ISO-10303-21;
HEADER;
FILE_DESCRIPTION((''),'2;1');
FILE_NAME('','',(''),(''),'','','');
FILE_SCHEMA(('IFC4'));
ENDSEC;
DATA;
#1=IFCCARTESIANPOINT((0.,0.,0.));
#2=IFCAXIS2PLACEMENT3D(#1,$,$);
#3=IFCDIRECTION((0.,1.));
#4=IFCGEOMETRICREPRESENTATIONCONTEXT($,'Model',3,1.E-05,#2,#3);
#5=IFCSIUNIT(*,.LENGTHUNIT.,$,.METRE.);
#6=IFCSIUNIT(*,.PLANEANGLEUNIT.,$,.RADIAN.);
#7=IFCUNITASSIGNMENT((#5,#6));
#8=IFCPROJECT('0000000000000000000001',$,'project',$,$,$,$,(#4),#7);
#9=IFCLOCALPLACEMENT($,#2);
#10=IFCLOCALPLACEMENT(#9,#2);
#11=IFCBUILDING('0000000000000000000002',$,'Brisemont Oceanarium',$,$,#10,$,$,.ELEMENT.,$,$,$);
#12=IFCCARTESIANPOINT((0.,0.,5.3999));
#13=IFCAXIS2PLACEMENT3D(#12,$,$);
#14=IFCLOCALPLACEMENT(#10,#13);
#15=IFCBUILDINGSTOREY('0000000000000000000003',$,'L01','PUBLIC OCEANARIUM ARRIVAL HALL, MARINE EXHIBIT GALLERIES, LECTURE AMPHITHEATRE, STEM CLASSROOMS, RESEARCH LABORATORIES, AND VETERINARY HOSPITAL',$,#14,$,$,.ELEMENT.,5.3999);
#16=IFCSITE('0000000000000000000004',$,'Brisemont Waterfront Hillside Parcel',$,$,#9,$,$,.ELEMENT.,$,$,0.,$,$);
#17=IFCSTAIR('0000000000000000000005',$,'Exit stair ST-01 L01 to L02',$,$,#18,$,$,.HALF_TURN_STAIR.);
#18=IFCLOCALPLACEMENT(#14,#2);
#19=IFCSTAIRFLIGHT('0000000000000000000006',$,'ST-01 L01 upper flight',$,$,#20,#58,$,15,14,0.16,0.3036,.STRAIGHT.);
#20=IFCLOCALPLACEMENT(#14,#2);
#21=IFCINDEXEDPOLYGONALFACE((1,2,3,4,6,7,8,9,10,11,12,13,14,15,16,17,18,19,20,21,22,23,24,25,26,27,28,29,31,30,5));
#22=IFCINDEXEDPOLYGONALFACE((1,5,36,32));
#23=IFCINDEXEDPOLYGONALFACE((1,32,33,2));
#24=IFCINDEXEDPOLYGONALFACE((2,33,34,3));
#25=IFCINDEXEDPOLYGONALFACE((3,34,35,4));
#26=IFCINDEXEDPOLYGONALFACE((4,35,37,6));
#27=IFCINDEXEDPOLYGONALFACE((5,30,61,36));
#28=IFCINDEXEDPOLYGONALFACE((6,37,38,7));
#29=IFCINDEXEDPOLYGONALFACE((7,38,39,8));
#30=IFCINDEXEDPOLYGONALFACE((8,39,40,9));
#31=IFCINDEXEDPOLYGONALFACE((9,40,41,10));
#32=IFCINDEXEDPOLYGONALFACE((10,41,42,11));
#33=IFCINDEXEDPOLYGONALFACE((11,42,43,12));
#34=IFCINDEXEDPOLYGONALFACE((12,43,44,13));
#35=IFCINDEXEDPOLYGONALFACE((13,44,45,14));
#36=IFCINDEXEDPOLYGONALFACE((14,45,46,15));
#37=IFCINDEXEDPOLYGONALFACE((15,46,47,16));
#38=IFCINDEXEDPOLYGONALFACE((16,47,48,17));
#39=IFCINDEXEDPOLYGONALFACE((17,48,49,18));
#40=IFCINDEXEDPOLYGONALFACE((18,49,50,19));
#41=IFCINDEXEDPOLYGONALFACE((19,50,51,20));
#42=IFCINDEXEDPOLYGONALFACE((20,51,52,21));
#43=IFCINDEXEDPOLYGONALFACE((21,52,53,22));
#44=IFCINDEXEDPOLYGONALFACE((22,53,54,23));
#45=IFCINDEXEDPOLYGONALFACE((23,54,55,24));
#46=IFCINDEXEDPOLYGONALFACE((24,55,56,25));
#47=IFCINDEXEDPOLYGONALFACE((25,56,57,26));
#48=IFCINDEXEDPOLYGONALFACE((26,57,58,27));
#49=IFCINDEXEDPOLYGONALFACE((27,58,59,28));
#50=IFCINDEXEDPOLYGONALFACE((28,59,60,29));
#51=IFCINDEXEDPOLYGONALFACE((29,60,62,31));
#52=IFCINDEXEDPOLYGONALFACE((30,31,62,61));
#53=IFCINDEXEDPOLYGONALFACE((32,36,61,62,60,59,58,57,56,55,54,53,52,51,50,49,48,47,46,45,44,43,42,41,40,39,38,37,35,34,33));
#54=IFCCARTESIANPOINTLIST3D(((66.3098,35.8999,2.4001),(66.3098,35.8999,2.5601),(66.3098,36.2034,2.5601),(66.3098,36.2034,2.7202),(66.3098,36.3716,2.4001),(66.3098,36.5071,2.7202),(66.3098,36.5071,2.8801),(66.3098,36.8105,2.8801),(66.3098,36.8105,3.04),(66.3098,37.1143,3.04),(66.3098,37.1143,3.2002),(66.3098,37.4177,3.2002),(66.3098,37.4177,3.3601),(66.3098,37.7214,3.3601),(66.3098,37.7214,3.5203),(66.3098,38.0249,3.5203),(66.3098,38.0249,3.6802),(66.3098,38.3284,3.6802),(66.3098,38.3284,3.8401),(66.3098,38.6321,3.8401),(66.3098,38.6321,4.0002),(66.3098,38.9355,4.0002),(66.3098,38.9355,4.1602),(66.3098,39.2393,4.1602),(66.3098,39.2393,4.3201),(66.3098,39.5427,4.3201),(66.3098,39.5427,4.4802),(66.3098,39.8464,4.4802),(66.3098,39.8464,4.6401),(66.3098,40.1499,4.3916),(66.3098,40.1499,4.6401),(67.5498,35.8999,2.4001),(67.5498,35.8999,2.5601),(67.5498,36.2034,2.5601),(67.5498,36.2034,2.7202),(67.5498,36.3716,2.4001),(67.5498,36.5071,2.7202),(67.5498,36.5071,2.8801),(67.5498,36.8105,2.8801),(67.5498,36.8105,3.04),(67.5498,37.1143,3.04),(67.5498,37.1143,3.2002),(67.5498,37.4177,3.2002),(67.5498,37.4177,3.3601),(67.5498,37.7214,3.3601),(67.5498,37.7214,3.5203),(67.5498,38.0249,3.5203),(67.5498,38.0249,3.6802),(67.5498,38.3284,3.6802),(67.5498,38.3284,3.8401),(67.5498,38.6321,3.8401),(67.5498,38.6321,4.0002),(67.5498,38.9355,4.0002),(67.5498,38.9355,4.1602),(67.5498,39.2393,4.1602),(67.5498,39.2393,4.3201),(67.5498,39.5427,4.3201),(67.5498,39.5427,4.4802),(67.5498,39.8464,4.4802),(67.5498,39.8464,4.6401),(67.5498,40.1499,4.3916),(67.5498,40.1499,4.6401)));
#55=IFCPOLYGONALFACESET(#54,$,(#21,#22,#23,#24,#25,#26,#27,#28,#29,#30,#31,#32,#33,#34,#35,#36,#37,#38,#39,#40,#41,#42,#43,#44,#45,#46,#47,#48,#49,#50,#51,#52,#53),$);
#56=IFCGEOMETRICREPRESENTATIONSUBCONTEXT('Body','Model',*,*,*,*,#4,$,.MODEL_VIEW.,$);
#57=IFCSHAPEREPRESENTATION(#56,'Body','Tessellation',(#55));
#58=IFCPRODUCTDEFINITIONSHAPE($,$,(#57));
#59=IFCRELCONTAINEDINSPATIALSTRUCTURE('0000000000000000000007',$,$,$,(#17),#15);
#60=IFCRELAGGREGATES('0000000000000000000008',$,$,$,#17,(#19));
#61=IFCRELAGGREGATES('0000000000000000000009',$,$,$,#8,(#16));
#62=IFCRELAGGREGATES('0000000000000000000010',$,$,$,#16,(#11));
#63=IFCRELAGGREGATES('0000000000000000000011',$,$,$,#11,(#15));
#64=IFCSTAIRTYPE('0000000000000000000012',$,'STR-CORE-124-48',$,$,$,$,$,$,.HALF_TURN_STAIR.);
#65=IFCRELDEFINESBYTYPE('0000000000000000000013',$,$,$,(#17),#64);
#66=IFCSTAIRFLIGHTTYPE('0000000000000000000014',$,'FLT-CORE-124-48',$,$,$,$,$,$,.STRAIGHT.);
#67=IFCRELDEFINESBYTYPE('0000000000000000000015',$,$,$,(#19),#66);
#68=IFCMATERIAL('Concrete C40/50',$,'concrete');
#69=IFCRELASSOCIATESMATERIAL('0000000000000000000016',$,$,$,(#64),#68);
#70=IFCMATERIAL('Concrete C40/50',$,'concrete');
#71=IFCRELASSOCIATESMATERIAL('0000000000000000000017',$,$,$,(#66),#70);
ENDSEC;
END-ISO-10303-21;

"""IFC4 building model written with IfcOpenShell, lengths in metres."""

from ifc_helpers import new_model, si_unit, direction, frame, origin, place, context, subcontext, project, spatial, polyline, outline, extrude, material, type_object, element, aggregate, save


model = new_model("IFC4")

# Units and contexts
model_context = context("Model", 3, precision=1e-05, world=origin(), true_north=direction((0.0, 1.0)))
body_context = subcontext(model_context, "Body", "Model", "MODEL_VIEW")
ifc_project = project(units=[si_unit("LENGTHUNIT", "METRE"), si_unit("PLANEANGLEUNIT", "RADIAN")], contexts=[model_context])

# Site, building, storey
site_placement = place(None, origin())
site = spatial("IfcSite", under=ifc_project, at=site_placement, Name="Brisemont Waterfront Hillside Parcel", CompositionType="ELEMENT", RefElevation=0.0)
building_placement = place(site_placement, origin())
building = spatial("IfcBuilding", under=site, at=building_placement, Name="Brisemont Oceanarium", CompositionType="ELEMENT")
storey_placement = place(building_placement, frame((0.0, 0.0, 5.3999)))
storey = spatial("IfcBuildingStorey", under=building, at=storey_placement, Name="L01", Description="PUBLIC OCEANARIUM ARRIVAL HALL, MARINE EXHIBIT GALLERIES, LECTURE AMPHITHEATRE, STEM CLASSROOMS, RESEARCH LABORATORIES, AND VETERINARY HOSPITAL", CompositionType="ELEMENT", Elevation=5.3999)

# Stair, stair flight
ifc_material_1 = material(Name="Concrete C40/50", Category="concrete")
stair_type = type_object("IfcStairType", Name="STR-CORE-124-48", PredefinedType="HALF_TURN_STAIR", material=ifc_material_1)
stair_placement = place(storey_placement, origin())
stair = element("IfcStair", 1, at=stair_placement, inside=storey, type_object=stair_type, Name="Exit stair ST-01 L01 to L02", PredefinedType="HALF_TURN_STAIR")
ifc_material_2 = material(Name="Concrete C40/50", Category="concrete")
stair_flight_type = type_object("IfcStairFlightType", Name="FLT-CORE-124-48", PredefinedType="STRAIGHT", material=ifc_material_2)
stair_flight_placement = place(storey_placement, frame((66.9299, 35.8999, 2.4001), z_axis=(0.0, 0.0, 1.0), x_axis=(0.0, 1.0, 0.0)))
stair_flight = element("IfcStairFlight", 2, at=stair_flight_placement, type_object=stair_flight_type, Name="ST-01 L01 upper flight", NumberOfRisers=15, NumberOfTreads=14, PredefinedType="STRAIGHT", RiserHeight=0.16, TreadLength=0.3036, context=body_context, shape_type="SweptSolid", body=[
    extrude(outline(polyline([(0.0, 0.0), (0.0, 0.1599), (0.3035, 0.1599), (0.3035, 0.3201), (0.6072, 0.3201), (0.6072, 0.48), (0.9106, 0.48), (0.9106, 0.6399), (1.2144, 0.6399), (1.2144, 0.8), (1.5178, 0.8), (1.5178, 0.96), (1.8215, 0.96), (1.8215, 1.1201), (2.125, 1.1201), (2.125, 1.28), (2.4285, 1.28), (2.4285, 1.4399), (2.7322, 1.4399), (2.7322, 1.6001), (3.0356, 1.6001), (3.0356, 1.76), (3.3394, 1.76), (3.3394, 1.9199), (3.6428, 1.9199), (3.6428, 2.0801), (3.9465, 2.0801), (3.9465, 2.24), (4.25, 2.24), (4.25, 2.3999), (4.25, 1.9915), (0.4717, 0.0), (0.0, 0.0)])), frame((0.0, 0.6201, 0.0), z_axis=(0.0, -1.0, 0.0), x_axis=(1.0, 0.0, 0.0)), (0.0, 0.0, 1.0), 1.24),
])
aggregate(stair, [stair_flight])

save(model, "model.ifc")
